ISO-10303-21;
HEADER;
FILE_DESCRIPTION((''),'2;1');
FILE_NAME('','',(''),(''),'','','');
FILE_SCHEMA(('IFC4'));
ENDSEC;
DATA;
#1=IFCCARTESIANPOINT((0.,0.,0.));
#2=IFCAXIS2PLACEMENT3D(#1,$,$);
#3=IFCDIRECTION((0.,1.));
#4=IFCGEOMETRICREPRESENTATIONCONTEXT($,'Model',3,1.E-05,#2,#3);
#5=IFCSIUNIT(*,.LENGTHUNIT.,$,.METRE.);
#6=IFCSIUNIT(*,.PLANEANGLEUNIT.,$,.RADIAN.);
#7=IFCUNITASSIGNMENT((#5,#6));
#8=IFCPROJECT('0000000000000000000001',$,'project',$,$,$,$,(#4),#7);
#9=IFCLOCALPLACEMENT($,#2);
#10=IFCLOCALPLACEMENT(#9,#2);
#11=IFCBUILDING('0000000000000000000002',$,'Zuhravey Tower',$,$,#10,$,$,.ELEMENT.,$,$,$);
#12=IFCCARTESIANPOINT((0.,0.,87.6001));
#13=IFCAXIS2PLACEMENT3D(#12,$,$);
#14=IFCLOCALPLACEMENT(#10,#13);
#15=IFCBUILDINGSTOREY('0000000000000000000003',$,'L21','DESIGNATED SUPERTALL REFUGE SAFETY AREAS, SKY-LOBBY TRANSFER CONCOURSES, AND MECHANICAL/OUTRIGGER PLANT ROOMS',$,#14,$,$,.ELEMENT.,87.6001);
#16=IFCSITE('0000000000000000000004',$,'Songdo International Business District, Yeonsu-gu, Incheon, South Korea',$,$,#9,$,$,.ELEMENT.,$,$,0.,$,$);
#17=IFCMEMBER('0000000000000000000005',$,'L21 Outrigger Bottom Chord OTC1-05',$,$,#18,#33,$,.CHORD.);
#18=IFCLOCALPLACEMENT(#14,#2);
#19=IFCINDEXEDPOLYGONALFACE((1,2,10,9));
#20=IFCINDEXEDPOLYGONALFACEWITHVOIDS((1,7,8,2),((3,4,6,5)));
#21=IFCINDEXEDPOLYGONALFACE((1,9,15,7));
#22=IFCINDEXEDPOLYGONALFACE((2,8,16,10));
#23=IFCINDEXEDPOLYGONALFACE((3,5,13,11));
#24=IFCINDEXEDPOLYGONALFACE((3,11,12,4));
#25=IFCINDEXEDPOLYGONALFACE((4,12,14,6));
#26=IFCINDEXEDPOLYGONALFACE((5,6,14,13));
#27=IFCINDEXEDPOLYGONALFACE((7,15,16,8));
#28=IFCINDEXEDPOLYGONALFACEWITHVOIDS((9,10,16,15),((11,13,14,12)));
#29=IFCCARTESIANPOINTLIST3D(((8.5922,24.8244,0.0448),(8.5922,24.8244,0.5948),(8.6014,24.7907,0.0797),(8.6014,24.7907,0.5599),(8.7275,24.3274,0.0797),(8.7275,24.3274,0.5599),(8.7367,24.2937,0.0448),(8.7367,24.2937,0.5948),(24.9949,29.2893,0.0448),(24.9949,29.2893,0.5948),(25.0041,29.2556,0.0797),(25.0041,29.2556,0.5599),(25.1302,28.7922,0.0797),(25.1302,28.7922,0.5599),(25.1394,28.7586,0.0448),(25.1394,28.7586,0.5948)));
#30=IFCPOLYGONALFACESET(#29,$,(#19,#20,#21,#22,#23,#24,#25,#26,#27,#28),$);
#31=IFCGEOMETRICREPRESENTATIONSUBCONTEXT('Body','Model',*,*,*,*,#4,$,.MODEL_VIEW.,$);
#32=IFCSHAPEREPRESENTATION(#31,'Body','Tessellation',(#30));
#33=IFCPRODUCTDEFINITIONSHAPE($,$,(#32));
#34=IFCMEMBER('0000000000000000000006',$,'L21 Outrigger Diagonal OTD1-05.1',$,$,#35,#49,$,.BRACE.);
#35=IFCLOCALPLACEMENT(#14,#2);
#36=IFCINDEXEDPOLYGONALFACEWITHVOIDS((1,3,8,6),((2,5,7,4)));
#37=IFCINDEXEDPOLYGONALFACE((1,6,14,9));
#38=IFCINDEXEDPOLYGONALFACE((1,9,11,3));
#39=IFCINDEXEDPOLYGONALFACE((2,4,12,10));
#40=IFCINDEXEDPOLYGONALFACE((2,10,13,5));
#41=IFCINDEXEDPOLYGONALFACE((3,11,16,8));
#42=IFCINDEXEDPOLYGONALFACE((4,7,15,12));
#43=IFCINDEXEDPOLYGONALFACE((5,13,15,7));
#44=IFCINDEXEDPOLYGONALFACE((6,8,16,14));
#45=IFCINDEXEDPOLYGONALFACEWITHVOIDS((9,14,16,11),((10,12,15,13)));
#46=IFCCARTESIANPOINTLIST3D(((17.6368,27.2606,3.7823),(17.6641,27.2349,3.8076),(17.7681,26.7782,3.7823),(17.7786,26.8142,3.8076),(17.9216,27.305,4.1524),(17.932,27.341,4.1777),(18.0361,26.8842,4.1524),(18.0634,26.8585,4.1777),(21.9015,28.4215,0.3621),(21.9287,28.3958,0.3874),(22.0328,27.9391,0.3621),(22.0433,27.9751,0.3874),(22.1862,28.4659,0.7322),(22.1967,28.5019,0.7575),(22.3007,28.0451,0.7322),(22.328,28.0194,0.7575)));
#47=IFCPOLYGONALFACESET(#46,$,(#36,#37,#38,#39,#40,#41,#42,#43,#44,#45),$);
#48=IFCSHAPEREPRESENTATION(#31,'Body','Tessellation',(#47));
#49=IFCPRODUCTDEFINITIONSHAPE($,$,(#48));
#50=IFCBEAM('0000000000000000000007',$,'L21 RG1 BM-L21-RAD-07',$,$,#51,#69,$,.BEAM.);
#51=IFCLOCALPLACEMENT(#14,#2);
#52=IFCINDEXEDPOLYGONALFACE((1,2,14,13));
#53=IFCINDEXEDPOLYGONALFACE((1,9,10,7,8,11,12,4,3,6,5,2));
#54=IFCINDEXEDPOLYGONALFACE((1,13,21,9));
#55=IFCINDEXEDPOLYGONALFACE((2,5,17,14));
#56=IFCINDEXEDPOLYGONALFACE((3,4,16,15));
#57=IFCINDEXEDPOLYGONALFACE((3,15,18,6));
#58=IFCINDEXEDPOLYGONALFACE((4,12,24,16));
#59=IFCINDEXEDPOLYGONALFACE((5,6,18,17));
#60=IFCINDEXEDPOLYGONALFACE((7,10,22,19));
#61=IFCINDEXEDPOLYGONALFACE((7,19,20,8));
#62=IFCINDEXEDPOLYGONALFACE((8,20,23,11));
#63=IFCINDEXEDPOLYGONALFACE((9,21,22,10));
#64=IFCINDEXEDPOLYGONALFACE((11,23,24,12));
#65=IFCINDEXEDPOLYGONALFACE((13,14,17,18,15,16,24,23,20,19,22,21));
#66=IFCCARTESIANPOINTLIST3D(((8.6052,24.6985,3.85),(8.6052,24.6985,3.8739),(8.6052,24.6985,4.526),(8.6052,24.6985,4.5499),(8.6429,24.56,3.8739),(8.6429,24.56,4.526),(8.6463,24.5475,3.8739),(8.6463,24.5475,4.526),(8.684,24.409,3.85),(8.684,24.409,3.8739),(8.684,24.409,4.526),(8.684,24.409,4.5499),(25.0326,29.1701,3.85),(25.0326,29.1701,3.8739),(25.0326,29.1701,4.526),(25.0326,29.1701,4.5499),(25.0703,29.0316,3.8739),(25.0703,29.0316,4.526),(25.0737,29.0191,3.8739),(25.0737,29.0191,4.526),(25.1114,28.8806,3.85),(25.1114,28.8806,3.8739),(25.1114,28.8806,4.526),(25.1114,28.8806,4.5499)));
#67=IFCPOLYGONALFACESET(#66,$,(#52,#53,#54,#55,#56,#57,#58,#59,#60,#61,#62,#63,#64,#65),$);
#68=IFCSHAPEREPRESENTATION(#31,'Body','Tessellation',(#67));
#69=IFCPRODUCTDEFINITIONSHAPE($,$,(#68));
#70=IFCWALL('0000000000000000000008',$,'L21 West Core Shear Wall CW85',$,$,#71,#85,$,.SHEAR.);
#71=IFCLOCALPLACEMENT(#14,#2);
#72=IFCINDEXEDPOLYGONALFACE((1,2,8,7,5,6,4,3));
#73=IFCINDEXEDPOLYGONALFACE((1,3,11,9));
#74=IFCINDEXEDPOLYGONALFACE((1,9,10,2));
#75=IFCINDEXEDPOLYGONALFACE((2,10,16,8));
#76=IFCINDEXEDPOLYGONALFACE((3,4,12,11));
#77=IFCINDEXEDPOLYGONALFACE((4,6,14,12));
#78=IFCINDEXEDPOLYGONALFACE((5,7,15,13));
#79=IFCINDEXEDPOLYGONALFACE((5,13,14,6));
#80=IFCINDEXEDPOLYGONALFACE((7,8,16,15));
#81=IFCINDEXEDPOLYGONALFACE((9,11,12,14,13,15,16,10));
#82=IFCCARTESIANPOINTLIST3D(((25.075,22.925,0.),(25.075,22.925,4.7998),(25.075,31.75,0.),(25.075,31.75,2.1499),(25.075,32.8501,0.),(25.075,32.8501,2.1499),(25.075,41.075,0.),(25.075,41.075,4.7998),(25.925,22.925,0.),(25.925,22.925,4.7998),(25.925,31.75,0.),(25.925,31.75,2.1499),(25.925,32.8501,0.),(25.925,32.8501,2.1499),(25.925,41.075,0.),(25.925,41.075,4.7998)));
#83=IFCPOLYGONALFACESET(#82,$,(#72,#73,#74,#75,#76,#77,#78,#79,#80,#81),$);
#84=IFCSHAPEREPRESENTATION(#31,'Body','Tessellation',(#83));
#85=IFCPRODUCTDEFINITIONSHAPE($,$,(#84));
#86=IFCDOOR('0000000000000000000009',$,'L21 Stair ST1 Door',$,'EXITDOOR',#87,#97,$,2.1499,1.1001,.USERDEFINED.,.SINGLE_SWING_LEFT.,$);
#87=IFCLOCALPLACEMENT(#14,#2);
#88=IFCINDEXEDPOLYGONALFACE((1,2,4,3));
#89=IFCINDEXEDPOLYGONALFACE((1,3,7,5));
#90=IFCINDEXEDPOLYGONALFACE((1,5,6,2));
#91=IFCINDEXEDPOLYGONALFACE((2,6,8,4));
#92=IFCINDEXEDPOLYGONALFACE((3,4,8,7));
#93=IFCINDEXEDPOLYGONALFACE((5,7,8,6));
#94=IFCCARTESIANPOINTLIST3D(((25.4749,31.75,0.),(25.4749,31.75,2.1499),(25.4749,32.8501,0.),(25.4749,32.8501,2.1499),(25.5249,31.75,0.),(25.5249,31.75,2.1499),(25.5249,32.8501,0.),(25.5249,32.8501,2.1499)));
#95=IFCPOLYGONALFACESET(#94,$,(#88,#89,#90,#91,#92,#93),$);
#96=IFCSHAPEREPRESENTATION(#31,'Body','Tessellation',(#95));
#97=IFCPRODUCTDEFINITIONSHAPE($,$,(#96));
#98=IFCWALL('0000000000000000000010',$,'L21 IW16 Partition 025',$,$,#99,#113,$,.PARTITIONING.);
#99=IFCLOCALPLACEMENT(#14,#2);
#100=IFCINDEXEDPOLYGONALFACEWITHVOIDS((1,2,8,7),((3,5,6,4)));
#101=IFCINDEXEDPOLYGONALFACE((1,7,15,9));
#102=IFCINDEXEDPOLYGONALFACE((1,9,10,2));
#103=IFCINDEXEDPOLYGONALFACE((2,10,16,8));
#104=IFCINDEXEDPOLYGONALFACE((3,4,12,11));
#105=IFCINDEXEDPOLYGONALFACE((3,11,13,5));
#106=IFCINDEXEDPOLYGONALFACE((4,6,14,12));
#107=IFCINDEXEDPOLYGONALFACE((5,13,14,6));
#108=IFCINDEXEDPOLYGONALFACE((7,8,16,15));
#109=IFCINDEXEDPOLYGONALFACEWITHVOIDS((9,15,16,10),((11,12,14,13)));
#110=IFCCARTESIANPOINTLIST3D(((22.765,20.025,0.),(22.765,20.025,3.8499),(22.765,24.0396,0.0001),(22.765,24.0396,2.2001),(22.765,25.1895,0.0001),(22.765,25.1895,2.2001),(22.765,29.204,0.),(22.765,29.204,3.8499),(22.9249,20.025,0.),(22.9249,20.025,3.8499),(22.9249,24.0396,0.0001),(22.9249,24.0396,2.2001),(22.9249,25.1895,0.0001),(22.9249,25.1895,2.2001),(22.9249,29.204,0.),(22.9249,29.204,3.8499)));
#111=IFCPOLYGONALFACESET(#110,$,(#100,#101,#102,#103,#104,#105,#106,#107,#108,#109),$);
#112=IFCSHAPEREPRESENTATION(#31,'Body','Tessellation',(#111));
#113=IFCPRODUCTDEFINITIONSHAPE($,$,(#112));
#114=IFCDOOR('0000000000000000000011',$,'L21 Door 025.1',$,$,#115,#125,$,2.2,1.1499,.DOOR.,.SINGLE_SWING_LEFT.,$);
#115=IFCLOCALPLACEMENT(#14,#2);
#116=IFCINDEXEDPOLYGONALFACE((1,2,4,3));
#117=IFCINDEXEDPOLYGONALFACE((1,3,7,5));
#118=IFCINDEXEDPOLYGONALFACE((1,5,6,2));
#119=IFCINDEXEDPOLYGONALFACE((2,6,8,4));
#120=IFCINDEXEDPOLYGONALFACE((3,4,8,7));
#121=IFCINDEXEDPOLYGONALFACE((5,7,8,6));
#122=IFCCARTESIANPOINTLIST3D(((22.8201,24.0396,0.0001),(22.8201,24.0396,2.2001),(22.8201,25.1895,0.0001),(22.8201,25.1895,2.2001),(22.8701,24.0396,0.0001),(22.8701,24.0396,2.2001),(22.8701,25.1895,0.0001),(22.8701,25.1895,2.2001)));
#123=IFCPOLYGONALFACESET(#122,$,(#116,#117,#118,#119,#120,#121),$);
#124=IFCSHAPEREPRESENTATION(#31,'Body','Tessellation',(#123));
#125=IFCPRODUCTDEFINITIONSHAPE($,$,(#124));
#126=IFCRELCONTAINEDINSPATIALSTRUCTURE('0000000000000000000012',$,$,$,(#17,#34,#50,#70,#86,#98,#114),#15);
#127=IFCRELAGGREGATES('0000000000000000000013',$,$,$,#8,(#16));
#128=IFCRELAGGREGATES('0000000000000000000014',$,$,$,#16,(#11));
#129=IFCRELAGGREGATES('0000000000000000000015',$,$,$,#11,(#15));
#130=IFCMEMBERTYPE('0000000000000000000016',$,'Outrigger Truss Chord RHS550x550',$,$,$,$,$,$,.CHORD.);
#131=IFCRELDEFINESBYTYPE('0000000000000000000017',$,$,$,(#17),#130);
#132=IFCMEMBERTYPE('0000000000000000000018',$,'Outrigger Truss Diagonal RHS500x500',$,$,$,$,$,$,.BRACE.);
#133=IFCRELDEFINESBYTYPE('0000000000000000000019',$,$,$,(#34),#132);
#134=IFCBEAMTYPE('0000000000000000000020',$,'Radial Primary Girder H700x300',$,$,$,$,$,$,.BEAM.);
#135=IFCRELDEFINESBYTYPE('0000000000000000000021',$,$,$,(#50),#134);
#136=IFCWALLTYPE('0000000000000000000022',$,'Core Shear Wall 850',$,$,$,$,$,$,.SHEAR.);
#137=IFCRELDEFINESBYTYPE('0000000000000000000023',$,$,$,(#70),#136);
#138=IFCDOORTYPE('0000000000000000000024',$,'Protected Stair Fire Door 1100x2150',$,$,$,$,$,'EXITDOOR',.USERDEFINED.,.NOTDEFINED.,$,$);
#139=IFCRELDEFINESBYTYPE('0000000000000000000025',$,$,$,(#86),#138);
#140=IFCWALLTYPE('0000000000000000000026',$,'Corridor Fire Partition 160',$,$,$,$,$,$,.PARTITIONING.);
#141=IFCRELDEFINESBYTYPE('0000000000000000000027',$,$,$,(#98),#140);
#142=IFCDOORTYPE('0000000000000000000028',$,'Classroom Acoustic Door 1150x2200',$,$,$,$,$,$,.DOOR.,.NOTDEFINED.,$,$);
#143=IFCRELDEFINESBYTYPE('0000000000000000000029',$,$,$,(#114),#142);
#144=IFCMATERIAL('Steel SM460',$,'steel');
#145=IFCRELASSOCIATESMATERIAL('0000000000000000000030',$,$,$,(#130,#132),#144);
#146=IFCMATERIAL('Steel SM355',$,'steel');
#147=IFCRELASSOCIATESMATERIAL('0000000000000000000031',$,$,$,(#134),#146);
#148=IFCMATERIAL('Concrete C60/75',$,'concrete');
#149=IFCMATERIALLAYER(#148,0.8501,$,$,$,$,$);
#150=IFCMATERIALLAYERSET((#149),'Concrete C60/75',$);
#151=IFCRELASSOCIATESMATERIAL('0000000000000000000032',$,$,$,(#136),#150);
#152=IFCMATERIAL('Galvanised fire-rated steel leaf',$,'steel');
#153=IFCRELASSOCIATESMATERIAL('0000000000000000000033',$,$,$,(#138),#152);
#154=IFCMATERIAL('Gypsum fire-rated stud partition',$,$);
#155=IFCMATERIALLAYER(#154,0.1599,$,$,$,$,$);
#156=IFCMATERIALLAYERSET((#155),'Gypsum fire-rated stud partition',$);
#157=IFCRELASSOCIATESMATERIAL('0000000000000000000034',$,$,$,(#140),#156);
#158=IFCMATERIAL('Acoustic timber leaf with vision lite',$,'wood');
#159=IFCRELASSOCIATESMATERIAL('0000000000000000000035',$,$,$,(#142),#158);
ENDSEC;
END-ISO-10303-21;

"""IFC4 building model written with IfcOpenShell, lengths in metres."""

from ifc_helpers import new_model, si_unit, direction, frame, frame_2d, origin, origin_2d, place, context, subcontext, project, spatial, rectangle, hollow_rectangle, i_section, extrude, material, layer, layer_set, material_profile, profile_set, type_object, element, fill, save


model = new_model("IFC4")

# Units and contexts
model_context = context("Model", 3, precision=1e-05, world=origin(), true_north=direction((0.0, 1.0)))
body_context = subcontext(model_context, "Body", "Model", "MODEL_VIEW")
ifc_project = project(units=[si_unit("LENGTHUNIT", "METRE"), si_unit("PLANEANGLEUNIT", "RADIAN")], contexts=[model_context])

# Site, building, storey
site_placement = place(None, origin())
site = spatial("IfcSite", under=ifc_project, at=site_placement, Name="Songdo International Business District, Yeonsu-gu, Incheon, South Korea", CompositionType="ELEMENT", RefElevation=0.0)
building_placement = place(site_placement, origin())
building = spatial("IfcBuilding", under=site, at=building_placement, Name="Zuhravey Tower", CompositionType="ELEMENT")
storey_placement = place(building_placement, frame((0.0, 0.0, 87.6001)))
storey = spatial("IfcBuildingStorey", under=building, at=storey_placement, Name="L21", Description="DESIGNATED SUPERTALL REFUGE SAFETY AREAS, SKY-LOBBY TRANSFER CONCOURSES, AND MECHANICAL/OUTRIGGER PLANT ROOMS", CompositionType="ELEMENT", Elevation=87.6001)

# Members
ifc_material_1 = material(Name="Steel SM460", Category="steel")
ifc_material_profile_1 = material_profile(ifc_material_1, hollow_rectangle(XDim=0.55, YDim=0.55, WallThickness=0.0349, at=origin_2d()), Name="RHS-550x550x35")
ifc_profile_set_1 = profile_set([ifc_material_profile_1], Name="Steel SM460")
member_type_1 = type_object("IfcMemberType", Name="Outrigger Truss Chord RHS550x550", PredefinedType="CHORD", material=ifc_profile_set_1)
member_1_placement = place(storey_placement, frame((25.0671, 29.0239, 0.3198), z_axis=(-0.964892, -0.262647, 0.0), x_axis=(0.262647, -0.964892, 0.0)))
element("IfcMember", 1, at=member_1_placement, inside=storey, type_object=member_type_1, Name="L21 Outrigger Bottom Chord OTC1-05", PredefinedType="CHORD", context=body_context, shape_type="SweptSolid", body=[
    extrude(hollow_rectangle(XDim=0.55, YDim=0.55, WallThickness=0.0349, at=origin_2d()), origin(), (0.0, 0.0, 1.0), 16.9995),
])
ifc_material_profile_2 = material_profile(ifc_material_1, hollow_rectangle(XDim=0.5, YDim=0.5, WallThickness=0.032, at=origin_2d()), Name="RHS-500x500x32")
ifc_profile_set_2 = profile_set([ifc_material_profile_2], Name="Steel SM460")
member_type_2 = type_object("IfcMemberType", Name="Outrigger Truss Diagonal RHS500x500", PredefinedType="BRACE", material=ifc_profile_set_2)
member_2_placement = place(storey_placement, frame((22.1147, 28.2205, 0.5598), z_axis=(-0.763098, -0.207725, 0.61199), x_axis=(0.262655, -0.96489, 0.0)))
element("IfcMember", 2, at=member_2_placement, inside=storey, type_object=member_type_2, Name="L21 Outrigger Diagonal OTD1-05.1", PredefinedType="BRACE", context=body_context, shape_type="SweptSolid", body=[
    extrude(hollow_rectangle(XDim=0.5, YDim=0.5, WallThickness=0.032, at=origin_2d()), origin(), (0.0, 0.0, 1.0), 5.5886),
])

# Beam
ifc_material_2 = material(Name="Steel SM355", Category="steel")
ifc_material_profile_3 = material_profile(ifc_material_2, i_section(OverallWidth=0.3, OverallDepth=0.7, WebThickness=0.0129, FlangeThickness=0.0239, at=origin_2d()), Name="H-700x300x13x24")
ifc_profile_set_3 = profile_set([ifc_material_profile_3], Name="Steel SM355")
beam_type = type_object("IfcBeamType", Name="Radial Primary Girder H700x300", PredefinedType="BEAM", material=ifc_profile_set_3)
beam_placement = place(storey_placement, frame((25.072, 29.0254, 4.2), z_axis=(-0.964891, -0.26265, 0.0), x_axis=(0.26265, -0.964891, 0.0)))
element("IfcBeam", 3, at=beam_placement, inside=storey, type_object=beam_type, Name="L21 RG1 BM-L21-RAD-07", PredefinedType="BEAM", context=body_context, shape_type="SweptSolid", body=[
    extrude(i_section(OverallWidth=0.3, OverallDepth=0.7, WebThickness=0.0129, FlangeThickness=0.0239, at=origin_2d()), origin(), (0.0, 0.0, 1.0), 17.0251),
])

# Walls, openings, doors
ifc_material_3 = material(Name="Concrete C60/75", Category="concrete")
ifc_layer_1 = layer(ifc_material_3, 0.8501)
ifc_layer_set_1 = layer_set([ifc_layer_1], Name="Concrete C60/75")
wall_type_1 = type_object("IfcWallType", Name="Core Shear Wall 850", PredefinedType="SHEAR", material=ifc_layer_set_1)
ifc_material_4 = material(Name="Galvanised fire-rated steel leaf", Category="steel")
wall_1_placement = place(storey_placement, frame((25.5, 22.925, 0.0), z_axis=(0.0, 0.0, 1.0), x_axis=(0.0, 1.0, 0.0)))
wall_1 = element("IfcWall", 4, at=wall_1_placement, inside=storey, type_object=wall_type_1, Name="L21 West Core Shear Wall CW85", PredefinedType="SHEAR", context=body_context, shape_type="SweptSolid", body=[
    extrude(rectangle(XDim=18.1499, YDim=0.8501, at=frame_2d((9.075, 0.0))), origin(), (0.0, 0.0, 1.0), 4.7998),
])
opening_1_placement = place(wall_1_placement, frame((8.825, 0.0, 0.0)))
opening_1 = element("IfcOpeningElement", 5, at=opening_1_placement, cuts=wall_1, PredefinedType="OPENING", context=body_context, shape_type="SweptSolid", body=[
    extrude(rectangle(XDim=1.1001, YDim=2.1499, at=frame_2d((0.55, 1.075))), frame((0.0, 0.437, 0.0), z_axis=(0.0, -1.0, 0.0), x_axis=(1.0, 0.0, 0.0)), (0.0, 0.0, 1.0), 0.874),
])
door_type_1 = type_object("IfcDoorType", Name="Protected Stair Fire Door 1100x2150", ElementType="EXITDOOR", OperationType="NOTDEFINED", PredefinedType="USERDEFINED", material=ifc_material_4)
door_1_placement = place(opening_1_placement, frame((1.1001, 0.0, 0.0), z_axis=(0.0, 0.0, 1.0), x_axis=(-1.0, 0.0, 0.0)))
door_1 = element("IfcDoor", 6, at=door_1_placement, inside=storey, type_object=door_type_1, Name="L21 Stair ST1 Door", ObjectType="EXITDOOR", OperationType="SINGLE_SWING_LEFT", OverallHeight=2.1499, OverallWidth=1.1001, PredefinedType="USERDEFINED", context=body_context, shape_type="SweptSolid", body=[
    extrude(rectangle(XDim=1.1001, YDim=2.1499, at=frame_2d((0.55, 1.075))), frame((0.0, 0.0249, 0.0), z_axis=(0.0, -1.0, 0.0), x_axis=(1.0, 0.0, 0.0)), (0.0, 0.0, 1.0), 0.05),
])
fill(opening_1, door_1)
ifc_material_5 = material(Name="Gypsum fire-rated stud partition")
ifc_layer_2 = layer(ifc_material_5, 0.1599)
ifc_layer_set_2 = layer_set([ifc_layer_2], Name="Gypsum fire-rated stud partition")
wall_type_2 = type_object("IfcWallType", Name="Corridor Fire Partition 160", PredefinedType="PARTITIONING", material=ifc_layer_set_2)
wall_2_placement = place(storey_placement, frame((22.845, 29.2039, 0.0), z_axis=(0.0, 0.0, 1.0), x_axis=(0.0, -1.0, 0.0)))
wall_2 = element("IfcWall", 7, at=wall_2_placement, inside=storey, type_object=wall_type_2, Name="L21 IW16 Partition 025", PredefinedType="PARTITIONING", context=body_context, shape_type="SweptSolid", body=[
    extrude(rectangle(XDim=9.179, YDim=0.1599, at=frame_2d((4.5894, 0.0))), origin(), (0.0, 0.0, 1.0), 3.8499),
])
opening_2_placement = place(wall_2_placement, frame((4.0144, 0.0, 0.0)))
opening_2 = element("IfcOpeningElement", 8, at=opening_2_placement, cuts=wall_2, PredefinedType="OPENING", context=body_context, shape_type="SweptSolid", body=[
    extrude(rectangle(XDim=1.1499, YDim=2.2, at=frame_2d((0.575, 1.1001))), frame((0.0, 0.092, 0.0), z_axis=(0.0, -1.0, 0.0), x_axis=(1.0, 0.0, 0.0)), (0.0, 0.0, 1.0), 0.1838),
])
ifc_material_6 = material(Name="Acoustic timber leaf with vision lite", Category="wood")
door_type_2 = type_object("IfcDoorType", Name="Classroom Acoustic Door 1150x2200", OperationType="NOTDEFINED", PredefinedType="DOOR", material=ifc_material_6)
door_2_placement = place(opening_2_placement, frame((1.1499, 0.0, 0.0), z_axis=(0.0, 0.0, 1.0), x_axis=(-1.0, 0.0, 0.0)))
door_2 = element("IfcDoor", 9, at=door_2_placement, inside=storey, type_object=door_type_2, Name="L21 Door 025.1", OperationType="SINGLE_SWING_LEFT", OverallHeight=2.2, OverallWidth=1.1499, PredefinedType="DOOR", context=body_context, shape_type="SweptSolid", body=[
    extrude(rectangle(XDim=1.1499, YDim=2.2, at=frame_2d((0.575, 1.1001))), frame((0.0, 0.0249, 0.0), z_axis=(0.0, -1.0, 0.0), x_axis=(1.0, 0.0, 0.0)), (0.0, 0.0, 1.0), 0.05),
])
fill(opening_2, door_2)

save(model, "model.ifc")
